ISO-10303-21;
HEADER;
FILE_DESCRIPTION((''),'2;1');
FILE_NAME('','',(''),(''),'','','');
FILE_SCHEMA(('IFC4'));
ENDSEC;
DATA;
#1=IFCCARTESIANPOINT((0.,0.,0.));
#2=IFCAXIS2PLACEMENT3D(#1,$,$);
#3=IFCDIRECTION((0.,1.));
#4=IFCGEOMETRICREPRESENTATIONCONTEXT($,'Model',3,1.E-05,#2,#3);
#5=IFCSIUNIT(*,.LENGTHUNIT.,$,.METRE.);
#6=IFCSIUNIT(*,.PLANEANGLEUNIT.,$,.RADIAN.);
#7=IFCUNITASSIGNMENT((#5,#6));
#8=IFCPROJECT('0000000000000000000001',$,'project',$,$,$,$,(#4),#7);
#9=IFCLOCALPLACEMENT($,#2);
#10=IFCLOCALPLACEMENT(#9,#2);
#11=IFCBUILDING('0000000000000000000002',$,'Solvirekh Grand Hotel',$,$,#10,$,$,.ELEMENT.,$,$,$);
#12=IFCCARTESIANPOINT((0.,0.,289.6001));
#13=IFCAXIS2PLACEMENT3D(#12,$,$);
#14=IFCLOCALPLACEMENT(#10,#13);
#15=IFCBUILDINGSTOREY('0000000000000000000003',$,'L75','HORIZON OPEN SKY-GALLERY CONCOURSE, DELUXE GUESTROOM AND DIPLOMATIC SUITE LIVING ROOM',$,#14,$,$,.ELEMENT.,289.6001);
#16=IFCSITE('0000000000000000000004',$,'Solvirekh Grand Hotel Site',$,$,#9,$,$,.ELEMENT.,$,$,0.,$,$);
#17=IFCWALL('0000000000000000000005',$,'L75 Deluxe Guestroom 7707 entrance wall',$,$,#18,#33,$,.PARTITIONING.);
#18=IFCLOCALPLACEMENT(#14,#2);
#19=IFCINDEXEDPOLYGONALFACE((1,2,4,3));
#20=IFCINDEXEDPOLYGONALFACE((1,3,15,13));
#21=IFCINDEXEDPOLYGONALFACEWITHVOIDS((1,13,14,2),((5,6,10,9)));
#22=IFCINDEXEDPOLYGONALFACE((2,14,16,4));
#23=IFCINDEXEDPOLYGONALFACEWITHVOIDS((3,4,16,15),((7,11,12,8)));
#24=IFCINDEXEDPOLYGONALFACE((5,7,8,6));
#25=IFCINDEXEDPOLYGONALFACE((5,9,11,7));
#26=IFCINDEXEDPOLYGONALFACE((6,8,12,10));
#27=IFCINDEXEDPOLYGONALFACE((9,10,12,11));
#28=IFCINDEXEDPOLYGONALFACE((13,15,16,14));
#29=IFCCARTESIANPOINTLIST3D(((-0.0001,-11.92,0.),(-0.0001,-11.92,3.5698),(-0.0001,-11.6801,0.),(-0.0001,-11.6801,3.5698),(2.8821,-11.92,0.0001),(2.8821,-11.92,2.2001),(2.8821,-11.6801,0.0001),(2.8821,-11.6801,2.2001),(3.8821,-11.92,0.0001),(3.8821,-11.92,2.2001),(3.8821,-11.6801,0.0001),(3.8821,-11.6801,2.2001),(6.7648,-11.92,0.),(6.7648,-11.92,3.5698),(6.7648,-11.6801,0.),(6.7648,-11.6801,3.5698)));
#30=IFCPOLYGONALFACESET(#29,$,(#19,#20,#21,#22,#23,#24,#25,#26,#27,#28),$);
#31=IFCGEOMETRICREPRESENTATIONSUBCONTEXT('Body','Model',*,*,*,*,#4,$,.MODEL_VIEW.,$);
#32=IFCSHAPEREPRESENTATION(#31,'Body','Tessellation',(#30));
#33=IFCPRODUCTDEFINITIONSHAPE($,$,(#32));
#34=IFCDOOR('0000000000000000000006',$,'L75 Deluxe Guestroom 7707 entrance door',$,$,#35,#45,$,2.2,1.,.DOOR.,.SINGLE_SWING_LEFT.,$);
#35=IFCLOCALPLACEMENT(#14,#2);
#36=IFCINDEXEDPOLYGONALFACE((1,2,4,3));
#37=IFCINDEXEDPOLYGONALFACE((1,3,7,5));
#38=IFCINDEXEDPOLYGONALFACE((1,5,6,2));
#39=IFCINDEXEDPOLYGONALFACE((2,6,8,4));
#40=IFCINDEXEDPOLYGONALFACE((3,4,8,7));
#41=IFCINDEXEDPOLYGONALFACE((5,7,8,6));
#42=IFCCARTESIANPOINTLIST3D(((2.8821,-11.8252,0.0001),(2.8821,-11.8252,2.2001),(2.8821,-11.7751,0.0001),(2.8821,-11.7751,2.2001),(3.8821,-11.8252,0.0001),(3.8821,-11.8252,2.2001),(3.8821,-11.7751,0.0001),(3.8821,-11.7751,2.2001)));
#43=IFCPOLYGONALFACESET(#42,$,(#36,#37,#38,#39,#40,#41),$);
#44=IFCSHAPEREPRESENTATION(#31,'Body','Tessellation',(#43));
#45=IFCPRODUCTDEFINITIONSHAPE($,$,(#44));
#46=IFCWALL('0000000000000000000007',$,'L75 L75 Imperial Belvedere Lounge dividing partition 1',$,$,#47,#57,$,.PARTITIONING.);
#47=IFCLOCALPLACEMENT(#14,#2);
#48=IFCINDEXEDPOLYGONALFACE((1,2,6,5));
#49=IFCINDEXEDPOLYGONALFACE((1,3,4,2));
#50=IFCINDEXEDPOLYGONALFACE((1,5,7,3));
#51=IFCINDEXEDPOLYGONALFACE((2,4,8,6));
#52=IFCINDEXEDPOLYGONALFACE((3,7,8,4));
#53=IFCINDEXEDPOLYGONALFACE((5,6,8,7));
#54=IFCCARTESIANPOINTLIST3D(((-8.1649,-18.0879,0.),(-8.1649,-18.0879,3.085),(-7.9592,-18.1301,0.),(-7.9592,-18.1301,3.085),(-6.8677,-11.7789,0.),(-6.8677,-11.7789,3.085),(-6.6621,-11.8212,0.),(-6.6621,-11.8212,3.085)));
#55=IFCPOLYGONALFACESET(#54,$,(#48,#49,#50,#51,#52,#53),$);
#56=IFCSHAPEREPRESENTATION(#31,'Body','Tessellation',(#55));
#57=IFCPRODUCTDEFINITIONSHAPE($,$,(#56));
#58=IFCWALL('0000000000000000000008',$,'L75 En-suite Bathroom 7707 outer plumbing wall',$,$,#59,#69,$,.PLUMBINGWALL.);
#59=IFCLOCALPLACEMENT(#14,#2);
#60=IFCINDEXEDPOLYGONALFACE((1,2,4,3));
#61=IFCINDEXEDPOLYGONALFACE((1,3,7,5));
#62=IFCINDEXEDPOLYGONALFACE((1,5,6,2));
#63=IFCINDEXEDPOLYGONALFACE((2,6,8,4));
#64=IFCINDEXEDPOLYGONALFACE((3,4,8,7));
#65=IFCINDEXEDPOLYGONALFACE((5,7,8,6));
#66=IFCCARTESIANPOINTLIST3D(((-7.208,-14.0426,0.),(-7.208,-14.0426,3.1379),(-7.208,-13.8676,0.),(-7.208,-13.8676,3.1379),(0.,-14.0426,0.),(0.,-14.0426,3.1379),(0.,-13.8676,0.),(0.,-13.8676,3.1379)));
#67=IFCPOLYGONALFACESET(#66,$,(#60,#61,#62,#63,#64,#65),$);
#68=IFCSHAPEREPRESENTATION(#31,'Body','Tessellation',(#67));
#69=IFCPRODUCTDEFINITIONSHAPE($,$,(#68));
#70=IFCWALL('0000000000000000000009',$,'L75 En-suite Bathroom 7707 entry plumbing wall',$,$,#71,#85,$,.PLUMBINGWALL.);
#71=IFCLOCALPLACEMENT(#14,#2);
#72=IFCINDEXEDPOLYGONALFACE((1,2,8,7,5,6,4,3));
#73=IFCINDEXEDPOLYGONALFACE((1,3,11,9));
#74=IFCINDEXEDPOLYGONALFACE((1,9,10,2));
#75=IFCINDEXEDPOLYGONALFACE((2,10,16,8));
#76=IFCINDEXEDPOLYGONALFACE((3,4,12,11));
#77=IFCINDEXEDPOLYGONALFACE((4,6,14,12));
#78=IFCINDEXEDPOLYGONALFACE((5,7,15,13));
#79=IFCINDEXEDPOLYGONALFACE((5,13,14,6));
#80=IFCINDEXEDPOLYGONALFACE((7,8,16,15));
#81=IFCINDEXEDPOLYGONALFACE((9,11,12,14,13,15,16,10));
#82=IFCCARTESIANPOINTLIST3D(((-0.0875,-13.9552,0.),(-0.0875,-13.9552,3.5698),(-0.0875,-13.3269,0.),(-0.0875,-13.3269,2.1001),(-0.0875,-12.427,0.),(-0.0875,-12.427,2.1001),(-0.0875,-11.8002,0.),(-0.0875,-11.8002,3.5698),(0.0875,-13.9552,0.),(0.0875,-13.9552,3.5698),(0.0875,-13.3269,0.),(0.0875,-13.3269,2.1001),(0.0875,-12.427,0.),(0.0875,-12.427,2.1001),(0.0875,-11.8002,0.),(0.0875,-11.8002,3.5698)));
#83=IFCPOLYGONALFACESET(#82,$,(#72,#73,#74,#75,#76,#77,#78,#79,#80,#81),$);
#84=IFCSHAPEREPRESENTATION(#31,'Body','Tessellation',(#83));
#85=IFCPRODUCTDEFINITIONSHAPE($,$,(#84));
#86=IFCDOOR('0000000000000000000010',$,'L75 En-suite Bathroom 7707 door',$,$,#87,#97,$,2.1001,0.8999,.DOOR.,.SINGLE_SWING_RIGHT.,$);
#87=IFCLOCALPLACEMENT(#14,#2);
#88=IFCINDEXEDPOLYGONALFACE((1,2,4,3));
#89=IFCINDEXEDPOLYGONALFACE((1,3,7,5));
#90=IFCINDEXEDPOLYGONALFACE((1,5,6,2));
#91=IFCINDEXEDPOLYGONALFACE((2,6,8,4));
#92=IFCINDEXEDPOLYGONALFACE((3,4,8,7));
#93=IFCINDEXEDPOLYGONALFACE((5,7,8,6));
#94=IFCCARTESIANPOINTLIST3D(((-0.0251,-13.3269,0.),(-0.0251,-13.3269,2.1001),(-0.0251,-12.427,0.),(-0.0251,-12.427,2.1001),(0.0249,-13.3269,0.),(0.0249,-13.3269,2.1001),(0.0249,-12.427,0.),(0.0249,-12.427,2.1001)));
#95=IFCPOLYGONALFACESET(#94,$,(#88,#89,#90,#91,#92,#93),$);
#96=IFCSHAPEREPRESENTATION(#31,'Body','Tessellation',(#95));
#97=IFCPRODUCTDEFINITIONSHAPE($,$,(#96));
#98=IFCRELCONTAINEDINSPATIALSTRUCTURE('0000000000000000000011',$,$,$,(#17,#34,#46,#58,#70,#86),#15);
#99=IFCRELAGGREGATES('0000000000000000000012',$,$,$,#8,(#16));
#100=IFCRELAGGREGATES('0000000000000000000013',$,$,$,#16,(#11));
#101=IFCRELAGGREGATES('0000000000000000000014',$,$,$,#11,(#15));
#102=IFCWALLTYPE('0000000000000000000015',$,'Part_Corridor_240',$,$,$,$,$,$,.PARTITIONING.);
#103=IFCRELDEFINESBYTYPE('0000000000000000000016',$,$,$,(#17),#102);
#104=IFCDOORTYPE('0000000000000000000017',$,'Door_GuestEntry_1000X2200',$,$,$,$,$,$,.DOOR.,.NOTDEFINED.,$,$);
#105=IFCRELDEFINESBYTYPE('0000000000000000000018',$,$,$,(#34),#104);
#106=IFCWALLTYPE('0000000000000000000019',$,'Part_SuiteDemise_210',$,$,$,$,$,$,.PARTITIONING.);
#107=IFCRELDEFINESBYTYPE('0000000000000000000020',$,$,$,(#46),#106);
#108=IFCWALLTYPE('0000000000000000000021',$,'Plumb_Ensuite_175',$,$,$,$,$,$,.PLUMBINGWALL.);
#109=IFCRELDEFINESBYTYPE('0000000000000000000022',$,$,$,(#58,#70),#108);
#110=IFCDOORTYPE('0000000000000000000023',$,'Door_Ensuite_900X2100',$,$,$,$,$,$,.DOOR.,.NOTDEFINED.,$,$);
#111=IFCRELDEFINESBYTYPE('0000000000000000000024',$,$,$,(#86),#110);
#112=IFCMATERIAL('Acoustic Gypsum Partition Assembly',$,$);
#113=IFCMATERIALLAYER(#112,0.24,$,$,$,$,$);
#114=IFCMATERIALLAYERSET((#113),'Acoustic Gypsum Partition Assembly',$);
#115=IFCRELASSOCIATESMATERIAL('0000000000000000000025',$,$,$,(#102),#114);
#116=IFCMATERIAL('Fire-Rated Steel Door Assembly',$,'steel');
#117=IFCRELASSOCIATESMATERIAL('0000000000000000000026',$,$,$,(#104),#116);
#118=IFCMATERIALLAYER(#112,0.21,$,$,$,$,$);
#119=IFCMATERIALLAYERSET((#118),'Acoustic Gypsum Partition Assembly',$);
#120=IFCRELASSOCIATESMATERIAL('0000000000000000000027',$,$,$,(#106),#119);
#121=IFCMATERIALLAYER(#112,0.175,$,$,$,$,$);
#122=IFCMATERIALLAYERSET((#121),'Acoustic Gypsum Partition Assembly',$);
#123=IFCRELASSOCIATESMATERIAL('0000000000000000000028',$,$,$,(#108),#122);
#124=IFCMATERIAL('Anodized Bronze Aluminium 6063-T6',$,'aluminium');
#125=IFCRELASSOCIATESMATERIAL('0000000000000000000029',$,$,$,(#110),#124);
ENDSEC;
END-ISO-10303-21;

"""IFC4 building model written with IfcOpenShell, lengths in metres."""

from ifc_helpers import new_model, si_unit, direction, frame, frame_2d, origin, place, context, subcontext, project, spatial, rectangle, extrude, material, layer, layer_set, type_object, element, fill, save


model = new_model("IFC4")

# Units and contexts
model_context = context("Model", 3, precision=1e-05, world=origin(), true_north=direction((0.0, 1.0)))
body_context = subcontext(model_context, "Body", "Model", "MODEL_VIEW")
ifc_project = project(units=[si_unit("LENGTHUNIT", "METRE"), si_unit("PLANEANGLEUNIT", "RADIAN")], contexts=[model_context])

# Site, building, storey
site_placement = place(None, origin())
site = spatial("IfcSite", under=ifc_project, at=site_placement, Name="Solvirekh Grand Hotel Site", CompositionType="ELEMENT", RefElevation=0.0)
building_placement = place(site_placement, origin())
building = spatial("IfcBuilding", under=site, at=building_placement, Name="Solvirekh Grand Hotel", CompositionType="ELEMENT")
storey_placement = place(building_placement, frame((0.0, 0.0, 289.6001)))
storey = spatial("IfcBuildingStorey", under=building, at=storey_placement, Name="L75", Description="HORIZON OPEN SKY-GALLERY CONCOURSE, DELUXE GUESTROOM AND DIPLOMATIC SUITE LIVING ROOM", CompositionType="ELEMENT", Elevation=289.6001)

# Shared definitions
ifc_material_1 = material(Name="Anodized Bronze Aluminium 6063-T6", Category="aluminium")

# Shared definitions
ifc_material_2 = material(Name="Acoustic Gypsum Partition Assembly")

# Shared definitions
ifc_layer_1 = layer(ifc_material_2, 0.24)
ifc_layer_set_1 = layer_set([ifc_layer_1], Name="Acoustic Gypsum Partition Assembly")
wall_type_1 = type_object("IfcWallType", Name="Part_Corridor_240", PredefinedType="PARTITIONING", material=ifc_layer_set_1)

# Wall, opening, door
wall_1_placement = place(storey_placement, frame((0.0, -11.8, 0.0), z_axis=(0.0, 0.0, 1.0), x_axis=(1.0, 0.0, 0.0)))
wall_1 = element("IfcWall", 1, at=wall_1_placement, inside=storey, type_object=wall_type_1, Name="L75 Deluxe Guestroom 7707 entrance wall", PredefinedType="PARTITIONING", context=body_context, shape_type="SweptSolid", body=[
    extrude(rectangle(XDim=6.7649, YDim=0.24, at=frame_2d((3.3823, 0.0))), origin(), (0.0, 0.0, 1.0), 3.5698),
])
opening_1_placement = place(wall_1_placement, frame((2.8821, 0.0, 0.0)))
opening_1 = element("IfcOpeningElement", 2, at=opening_1_placement, cuts=wall_1, PredefinedType="OPENING", context=body_context, shape_type="SweptSolid", body=[
    extrude(rectangle(XDim=1.0, YDim=2.2, at=frame_2d((0.5, 1.1001))), frame((0.0, 0.1299, 0.0), z_axis=(0.0, -1.0, 0.0), x_axis=(1.0, 0.0, 0.0)), (0.0, 0.0, 1.0), 0.26),
])
ifc_material_3 = material(Name="Fire-Rated Steel Door Assembly", Category="steel")
door_type_1 = type_object("IfcDoorType", Name="Door_GuestEntry_1000X2200", OperationType="NOTDEFINED", PredefinedType="DOOR", material=ifc_material_3)
door_1_placement = place(opening_1_placement, origin())
door_1 = element("IfcDoor", 3, at=door_1_placement, inside=storey, type_object=door_type_1, Name="L75 Deluxe Guestroom 7707 entrance door", OperationType="SINGLE_SWING_LEFT", OverallHeight=2.2, OverallWidth=1.0, PredefinedType="DOOR", context=body_context, shape_type="SweptSolid", body=[
    extrude(rectangle(XDim=1.0, YDim=2.2, at=frame_2d((0.5, 1.1001))), frame((0.0, 0.0249, 0.0), z_axis=(0.0, -1.0, 0.0), x_axis=(1.0, 0.0, 0.0)), (0.0, 0.0, 1.0), 0.05),
])
fill(opening_1, door_1)

# Walls
ifc_layer_2 = layer(ifc_material_2, 0.21)
ifc_layer_set_2 = layer_set([ifc_layer_2], Name="Acoustic Gypsum Partition Assembly")
wall_type_2 = type_object("IfcWallType", Name="Part_SuiteDemise_210", PredefinedType="PARTITIONING", material=ifc_layer_set_2)
wall_2_placement = place(storey_placement, frame((-6.7649, -11.8, 0.0), z_axis=(0.0, 0.0, 1.0), x_axis=(-0.201391, -0.979511, 0.0)))
element("IfcWall", 4, at=wall_2_placement, inside=storey, type_object=wall_type_2, Name="L75 L75 Imperial Belvedere Lounge dividing partition 1", PredefinedType="PARTITIONING", context=body_context, shape_type="SweptSolid", body=[
    extrude(rectangle(XDim=6.4409, YDim=0.21, at=frame_2d((3.2205, 0.0))), origin(), (0.0, 0.0, 1.0), 3.085),
])
ifc_layer_3 = layer(ifc_material_2, 0.175)
ifc_layer_set_3 = layer_set([ifc_layer_3], Name="Acoustic Gypsum Partition Assembly")
wall_type_3 = type_object("IfcWallType", Name="Plumb_Ensuite_175", PredefinedType="PLUMBINGWALL", material=ifc_layer_set_3)
wall_3_placement = place(storey_placement, frame((-7.208, -13.9551, 0.0), z_axis=(0.0, 0.0, 1.0), x_axis=(1.0, 0.0, 0.0)))
element("IfcWall", 5, at=wall_3_placement, inside=storey, type_object=wall_type_3, Name="L75 En-suite Bathroom 7707 outer plumbing wall", PredefinedType="PLUMBINGWALL", context=body_context, shape_type="SweptSolid", body=[
    extrude(rectangle(XDim=7.208, YDim=0.175, at=frame_2d((3.604, 0.0))), origin(), (0.0, 0.0, 1.0), 3.1379),
])

# Wall, opening, door
wall_4_placement = place(storey_placement, frame((0.0, -11.8, 0.0), z_axis=(0.0, 0.0, 1.0), x_axis=(0.0, -1.0, 0.0)))
wall_4 = element("IfcWall", 6, at=wall_4_placement, inside=storey, type_object=wall_type_3, Name="L75 En-suite Bathroom 7707 entry plumbing wall", PredefinedType="PLUMBINGWALL", context=body_context, shape_type="SweptSolid", body=[
    extrude(rectangle(XDim=2.155, YDim=0.175, at=frame_2d((1.0776, 0.0))), origin(), (0.0, 0.0, 1.0), 3.5698),
])
opening_2_placement = place(wall_4_placement, frame((0.627, 0.0, 0.0)))
opening_2 = element("IfcOpeningElement", 7, at=opening_2_placement, cuts=wall_4, PredefinedType="OPENING", context=body_context, shape_type="SweptSolid", body=[
    extrude(rectangle(XDim=0.8999, YDim=2.1001, at=frame_2d((0.45, 1.05))), frame((0.0, 0.0977, 0.0), z_axis=(0.0, -1.0, 0.0), x_axis=(1.0, 0.0, 0.0)), (0.0, 0.0, 1.0), 0.1951),
])
door_type_2 = type_object("IfcDoorType", Name="Door_Ensuite_900X2100", OperationType="NOTDEFINED", PredefinedType="DOOR", material=ifc_material_1)
door_2_placement = place(opening_2_placement, origin())
door_2 = element("IfcDoor", 8, at=door_2_placement, inside=storey, type_object=door_type_2, Name="L75 En-suite Bathroom 7707 door", OperationType="SINGLE_SWING_RIGHT", OverallHeight=2.1001, OverallWidth=0.8999, PredefinedType="DOOR", context=body_context, shape_type="SweptSolid", body=[
    extrude(rectangle(XDim=0.8999, YDim=2.1001, at=frame_2d((0.45, 1.05))), frame((0.0, 0.0249, 0.0), z_axis=(0.0, -1.0, 0.0), x_axis=(1.0, 0.0, 0.0)), (0.0, 0.0, 1.0), 0.05),
])
fill(opening_2, door_2)

save(model, "model.ifc")
